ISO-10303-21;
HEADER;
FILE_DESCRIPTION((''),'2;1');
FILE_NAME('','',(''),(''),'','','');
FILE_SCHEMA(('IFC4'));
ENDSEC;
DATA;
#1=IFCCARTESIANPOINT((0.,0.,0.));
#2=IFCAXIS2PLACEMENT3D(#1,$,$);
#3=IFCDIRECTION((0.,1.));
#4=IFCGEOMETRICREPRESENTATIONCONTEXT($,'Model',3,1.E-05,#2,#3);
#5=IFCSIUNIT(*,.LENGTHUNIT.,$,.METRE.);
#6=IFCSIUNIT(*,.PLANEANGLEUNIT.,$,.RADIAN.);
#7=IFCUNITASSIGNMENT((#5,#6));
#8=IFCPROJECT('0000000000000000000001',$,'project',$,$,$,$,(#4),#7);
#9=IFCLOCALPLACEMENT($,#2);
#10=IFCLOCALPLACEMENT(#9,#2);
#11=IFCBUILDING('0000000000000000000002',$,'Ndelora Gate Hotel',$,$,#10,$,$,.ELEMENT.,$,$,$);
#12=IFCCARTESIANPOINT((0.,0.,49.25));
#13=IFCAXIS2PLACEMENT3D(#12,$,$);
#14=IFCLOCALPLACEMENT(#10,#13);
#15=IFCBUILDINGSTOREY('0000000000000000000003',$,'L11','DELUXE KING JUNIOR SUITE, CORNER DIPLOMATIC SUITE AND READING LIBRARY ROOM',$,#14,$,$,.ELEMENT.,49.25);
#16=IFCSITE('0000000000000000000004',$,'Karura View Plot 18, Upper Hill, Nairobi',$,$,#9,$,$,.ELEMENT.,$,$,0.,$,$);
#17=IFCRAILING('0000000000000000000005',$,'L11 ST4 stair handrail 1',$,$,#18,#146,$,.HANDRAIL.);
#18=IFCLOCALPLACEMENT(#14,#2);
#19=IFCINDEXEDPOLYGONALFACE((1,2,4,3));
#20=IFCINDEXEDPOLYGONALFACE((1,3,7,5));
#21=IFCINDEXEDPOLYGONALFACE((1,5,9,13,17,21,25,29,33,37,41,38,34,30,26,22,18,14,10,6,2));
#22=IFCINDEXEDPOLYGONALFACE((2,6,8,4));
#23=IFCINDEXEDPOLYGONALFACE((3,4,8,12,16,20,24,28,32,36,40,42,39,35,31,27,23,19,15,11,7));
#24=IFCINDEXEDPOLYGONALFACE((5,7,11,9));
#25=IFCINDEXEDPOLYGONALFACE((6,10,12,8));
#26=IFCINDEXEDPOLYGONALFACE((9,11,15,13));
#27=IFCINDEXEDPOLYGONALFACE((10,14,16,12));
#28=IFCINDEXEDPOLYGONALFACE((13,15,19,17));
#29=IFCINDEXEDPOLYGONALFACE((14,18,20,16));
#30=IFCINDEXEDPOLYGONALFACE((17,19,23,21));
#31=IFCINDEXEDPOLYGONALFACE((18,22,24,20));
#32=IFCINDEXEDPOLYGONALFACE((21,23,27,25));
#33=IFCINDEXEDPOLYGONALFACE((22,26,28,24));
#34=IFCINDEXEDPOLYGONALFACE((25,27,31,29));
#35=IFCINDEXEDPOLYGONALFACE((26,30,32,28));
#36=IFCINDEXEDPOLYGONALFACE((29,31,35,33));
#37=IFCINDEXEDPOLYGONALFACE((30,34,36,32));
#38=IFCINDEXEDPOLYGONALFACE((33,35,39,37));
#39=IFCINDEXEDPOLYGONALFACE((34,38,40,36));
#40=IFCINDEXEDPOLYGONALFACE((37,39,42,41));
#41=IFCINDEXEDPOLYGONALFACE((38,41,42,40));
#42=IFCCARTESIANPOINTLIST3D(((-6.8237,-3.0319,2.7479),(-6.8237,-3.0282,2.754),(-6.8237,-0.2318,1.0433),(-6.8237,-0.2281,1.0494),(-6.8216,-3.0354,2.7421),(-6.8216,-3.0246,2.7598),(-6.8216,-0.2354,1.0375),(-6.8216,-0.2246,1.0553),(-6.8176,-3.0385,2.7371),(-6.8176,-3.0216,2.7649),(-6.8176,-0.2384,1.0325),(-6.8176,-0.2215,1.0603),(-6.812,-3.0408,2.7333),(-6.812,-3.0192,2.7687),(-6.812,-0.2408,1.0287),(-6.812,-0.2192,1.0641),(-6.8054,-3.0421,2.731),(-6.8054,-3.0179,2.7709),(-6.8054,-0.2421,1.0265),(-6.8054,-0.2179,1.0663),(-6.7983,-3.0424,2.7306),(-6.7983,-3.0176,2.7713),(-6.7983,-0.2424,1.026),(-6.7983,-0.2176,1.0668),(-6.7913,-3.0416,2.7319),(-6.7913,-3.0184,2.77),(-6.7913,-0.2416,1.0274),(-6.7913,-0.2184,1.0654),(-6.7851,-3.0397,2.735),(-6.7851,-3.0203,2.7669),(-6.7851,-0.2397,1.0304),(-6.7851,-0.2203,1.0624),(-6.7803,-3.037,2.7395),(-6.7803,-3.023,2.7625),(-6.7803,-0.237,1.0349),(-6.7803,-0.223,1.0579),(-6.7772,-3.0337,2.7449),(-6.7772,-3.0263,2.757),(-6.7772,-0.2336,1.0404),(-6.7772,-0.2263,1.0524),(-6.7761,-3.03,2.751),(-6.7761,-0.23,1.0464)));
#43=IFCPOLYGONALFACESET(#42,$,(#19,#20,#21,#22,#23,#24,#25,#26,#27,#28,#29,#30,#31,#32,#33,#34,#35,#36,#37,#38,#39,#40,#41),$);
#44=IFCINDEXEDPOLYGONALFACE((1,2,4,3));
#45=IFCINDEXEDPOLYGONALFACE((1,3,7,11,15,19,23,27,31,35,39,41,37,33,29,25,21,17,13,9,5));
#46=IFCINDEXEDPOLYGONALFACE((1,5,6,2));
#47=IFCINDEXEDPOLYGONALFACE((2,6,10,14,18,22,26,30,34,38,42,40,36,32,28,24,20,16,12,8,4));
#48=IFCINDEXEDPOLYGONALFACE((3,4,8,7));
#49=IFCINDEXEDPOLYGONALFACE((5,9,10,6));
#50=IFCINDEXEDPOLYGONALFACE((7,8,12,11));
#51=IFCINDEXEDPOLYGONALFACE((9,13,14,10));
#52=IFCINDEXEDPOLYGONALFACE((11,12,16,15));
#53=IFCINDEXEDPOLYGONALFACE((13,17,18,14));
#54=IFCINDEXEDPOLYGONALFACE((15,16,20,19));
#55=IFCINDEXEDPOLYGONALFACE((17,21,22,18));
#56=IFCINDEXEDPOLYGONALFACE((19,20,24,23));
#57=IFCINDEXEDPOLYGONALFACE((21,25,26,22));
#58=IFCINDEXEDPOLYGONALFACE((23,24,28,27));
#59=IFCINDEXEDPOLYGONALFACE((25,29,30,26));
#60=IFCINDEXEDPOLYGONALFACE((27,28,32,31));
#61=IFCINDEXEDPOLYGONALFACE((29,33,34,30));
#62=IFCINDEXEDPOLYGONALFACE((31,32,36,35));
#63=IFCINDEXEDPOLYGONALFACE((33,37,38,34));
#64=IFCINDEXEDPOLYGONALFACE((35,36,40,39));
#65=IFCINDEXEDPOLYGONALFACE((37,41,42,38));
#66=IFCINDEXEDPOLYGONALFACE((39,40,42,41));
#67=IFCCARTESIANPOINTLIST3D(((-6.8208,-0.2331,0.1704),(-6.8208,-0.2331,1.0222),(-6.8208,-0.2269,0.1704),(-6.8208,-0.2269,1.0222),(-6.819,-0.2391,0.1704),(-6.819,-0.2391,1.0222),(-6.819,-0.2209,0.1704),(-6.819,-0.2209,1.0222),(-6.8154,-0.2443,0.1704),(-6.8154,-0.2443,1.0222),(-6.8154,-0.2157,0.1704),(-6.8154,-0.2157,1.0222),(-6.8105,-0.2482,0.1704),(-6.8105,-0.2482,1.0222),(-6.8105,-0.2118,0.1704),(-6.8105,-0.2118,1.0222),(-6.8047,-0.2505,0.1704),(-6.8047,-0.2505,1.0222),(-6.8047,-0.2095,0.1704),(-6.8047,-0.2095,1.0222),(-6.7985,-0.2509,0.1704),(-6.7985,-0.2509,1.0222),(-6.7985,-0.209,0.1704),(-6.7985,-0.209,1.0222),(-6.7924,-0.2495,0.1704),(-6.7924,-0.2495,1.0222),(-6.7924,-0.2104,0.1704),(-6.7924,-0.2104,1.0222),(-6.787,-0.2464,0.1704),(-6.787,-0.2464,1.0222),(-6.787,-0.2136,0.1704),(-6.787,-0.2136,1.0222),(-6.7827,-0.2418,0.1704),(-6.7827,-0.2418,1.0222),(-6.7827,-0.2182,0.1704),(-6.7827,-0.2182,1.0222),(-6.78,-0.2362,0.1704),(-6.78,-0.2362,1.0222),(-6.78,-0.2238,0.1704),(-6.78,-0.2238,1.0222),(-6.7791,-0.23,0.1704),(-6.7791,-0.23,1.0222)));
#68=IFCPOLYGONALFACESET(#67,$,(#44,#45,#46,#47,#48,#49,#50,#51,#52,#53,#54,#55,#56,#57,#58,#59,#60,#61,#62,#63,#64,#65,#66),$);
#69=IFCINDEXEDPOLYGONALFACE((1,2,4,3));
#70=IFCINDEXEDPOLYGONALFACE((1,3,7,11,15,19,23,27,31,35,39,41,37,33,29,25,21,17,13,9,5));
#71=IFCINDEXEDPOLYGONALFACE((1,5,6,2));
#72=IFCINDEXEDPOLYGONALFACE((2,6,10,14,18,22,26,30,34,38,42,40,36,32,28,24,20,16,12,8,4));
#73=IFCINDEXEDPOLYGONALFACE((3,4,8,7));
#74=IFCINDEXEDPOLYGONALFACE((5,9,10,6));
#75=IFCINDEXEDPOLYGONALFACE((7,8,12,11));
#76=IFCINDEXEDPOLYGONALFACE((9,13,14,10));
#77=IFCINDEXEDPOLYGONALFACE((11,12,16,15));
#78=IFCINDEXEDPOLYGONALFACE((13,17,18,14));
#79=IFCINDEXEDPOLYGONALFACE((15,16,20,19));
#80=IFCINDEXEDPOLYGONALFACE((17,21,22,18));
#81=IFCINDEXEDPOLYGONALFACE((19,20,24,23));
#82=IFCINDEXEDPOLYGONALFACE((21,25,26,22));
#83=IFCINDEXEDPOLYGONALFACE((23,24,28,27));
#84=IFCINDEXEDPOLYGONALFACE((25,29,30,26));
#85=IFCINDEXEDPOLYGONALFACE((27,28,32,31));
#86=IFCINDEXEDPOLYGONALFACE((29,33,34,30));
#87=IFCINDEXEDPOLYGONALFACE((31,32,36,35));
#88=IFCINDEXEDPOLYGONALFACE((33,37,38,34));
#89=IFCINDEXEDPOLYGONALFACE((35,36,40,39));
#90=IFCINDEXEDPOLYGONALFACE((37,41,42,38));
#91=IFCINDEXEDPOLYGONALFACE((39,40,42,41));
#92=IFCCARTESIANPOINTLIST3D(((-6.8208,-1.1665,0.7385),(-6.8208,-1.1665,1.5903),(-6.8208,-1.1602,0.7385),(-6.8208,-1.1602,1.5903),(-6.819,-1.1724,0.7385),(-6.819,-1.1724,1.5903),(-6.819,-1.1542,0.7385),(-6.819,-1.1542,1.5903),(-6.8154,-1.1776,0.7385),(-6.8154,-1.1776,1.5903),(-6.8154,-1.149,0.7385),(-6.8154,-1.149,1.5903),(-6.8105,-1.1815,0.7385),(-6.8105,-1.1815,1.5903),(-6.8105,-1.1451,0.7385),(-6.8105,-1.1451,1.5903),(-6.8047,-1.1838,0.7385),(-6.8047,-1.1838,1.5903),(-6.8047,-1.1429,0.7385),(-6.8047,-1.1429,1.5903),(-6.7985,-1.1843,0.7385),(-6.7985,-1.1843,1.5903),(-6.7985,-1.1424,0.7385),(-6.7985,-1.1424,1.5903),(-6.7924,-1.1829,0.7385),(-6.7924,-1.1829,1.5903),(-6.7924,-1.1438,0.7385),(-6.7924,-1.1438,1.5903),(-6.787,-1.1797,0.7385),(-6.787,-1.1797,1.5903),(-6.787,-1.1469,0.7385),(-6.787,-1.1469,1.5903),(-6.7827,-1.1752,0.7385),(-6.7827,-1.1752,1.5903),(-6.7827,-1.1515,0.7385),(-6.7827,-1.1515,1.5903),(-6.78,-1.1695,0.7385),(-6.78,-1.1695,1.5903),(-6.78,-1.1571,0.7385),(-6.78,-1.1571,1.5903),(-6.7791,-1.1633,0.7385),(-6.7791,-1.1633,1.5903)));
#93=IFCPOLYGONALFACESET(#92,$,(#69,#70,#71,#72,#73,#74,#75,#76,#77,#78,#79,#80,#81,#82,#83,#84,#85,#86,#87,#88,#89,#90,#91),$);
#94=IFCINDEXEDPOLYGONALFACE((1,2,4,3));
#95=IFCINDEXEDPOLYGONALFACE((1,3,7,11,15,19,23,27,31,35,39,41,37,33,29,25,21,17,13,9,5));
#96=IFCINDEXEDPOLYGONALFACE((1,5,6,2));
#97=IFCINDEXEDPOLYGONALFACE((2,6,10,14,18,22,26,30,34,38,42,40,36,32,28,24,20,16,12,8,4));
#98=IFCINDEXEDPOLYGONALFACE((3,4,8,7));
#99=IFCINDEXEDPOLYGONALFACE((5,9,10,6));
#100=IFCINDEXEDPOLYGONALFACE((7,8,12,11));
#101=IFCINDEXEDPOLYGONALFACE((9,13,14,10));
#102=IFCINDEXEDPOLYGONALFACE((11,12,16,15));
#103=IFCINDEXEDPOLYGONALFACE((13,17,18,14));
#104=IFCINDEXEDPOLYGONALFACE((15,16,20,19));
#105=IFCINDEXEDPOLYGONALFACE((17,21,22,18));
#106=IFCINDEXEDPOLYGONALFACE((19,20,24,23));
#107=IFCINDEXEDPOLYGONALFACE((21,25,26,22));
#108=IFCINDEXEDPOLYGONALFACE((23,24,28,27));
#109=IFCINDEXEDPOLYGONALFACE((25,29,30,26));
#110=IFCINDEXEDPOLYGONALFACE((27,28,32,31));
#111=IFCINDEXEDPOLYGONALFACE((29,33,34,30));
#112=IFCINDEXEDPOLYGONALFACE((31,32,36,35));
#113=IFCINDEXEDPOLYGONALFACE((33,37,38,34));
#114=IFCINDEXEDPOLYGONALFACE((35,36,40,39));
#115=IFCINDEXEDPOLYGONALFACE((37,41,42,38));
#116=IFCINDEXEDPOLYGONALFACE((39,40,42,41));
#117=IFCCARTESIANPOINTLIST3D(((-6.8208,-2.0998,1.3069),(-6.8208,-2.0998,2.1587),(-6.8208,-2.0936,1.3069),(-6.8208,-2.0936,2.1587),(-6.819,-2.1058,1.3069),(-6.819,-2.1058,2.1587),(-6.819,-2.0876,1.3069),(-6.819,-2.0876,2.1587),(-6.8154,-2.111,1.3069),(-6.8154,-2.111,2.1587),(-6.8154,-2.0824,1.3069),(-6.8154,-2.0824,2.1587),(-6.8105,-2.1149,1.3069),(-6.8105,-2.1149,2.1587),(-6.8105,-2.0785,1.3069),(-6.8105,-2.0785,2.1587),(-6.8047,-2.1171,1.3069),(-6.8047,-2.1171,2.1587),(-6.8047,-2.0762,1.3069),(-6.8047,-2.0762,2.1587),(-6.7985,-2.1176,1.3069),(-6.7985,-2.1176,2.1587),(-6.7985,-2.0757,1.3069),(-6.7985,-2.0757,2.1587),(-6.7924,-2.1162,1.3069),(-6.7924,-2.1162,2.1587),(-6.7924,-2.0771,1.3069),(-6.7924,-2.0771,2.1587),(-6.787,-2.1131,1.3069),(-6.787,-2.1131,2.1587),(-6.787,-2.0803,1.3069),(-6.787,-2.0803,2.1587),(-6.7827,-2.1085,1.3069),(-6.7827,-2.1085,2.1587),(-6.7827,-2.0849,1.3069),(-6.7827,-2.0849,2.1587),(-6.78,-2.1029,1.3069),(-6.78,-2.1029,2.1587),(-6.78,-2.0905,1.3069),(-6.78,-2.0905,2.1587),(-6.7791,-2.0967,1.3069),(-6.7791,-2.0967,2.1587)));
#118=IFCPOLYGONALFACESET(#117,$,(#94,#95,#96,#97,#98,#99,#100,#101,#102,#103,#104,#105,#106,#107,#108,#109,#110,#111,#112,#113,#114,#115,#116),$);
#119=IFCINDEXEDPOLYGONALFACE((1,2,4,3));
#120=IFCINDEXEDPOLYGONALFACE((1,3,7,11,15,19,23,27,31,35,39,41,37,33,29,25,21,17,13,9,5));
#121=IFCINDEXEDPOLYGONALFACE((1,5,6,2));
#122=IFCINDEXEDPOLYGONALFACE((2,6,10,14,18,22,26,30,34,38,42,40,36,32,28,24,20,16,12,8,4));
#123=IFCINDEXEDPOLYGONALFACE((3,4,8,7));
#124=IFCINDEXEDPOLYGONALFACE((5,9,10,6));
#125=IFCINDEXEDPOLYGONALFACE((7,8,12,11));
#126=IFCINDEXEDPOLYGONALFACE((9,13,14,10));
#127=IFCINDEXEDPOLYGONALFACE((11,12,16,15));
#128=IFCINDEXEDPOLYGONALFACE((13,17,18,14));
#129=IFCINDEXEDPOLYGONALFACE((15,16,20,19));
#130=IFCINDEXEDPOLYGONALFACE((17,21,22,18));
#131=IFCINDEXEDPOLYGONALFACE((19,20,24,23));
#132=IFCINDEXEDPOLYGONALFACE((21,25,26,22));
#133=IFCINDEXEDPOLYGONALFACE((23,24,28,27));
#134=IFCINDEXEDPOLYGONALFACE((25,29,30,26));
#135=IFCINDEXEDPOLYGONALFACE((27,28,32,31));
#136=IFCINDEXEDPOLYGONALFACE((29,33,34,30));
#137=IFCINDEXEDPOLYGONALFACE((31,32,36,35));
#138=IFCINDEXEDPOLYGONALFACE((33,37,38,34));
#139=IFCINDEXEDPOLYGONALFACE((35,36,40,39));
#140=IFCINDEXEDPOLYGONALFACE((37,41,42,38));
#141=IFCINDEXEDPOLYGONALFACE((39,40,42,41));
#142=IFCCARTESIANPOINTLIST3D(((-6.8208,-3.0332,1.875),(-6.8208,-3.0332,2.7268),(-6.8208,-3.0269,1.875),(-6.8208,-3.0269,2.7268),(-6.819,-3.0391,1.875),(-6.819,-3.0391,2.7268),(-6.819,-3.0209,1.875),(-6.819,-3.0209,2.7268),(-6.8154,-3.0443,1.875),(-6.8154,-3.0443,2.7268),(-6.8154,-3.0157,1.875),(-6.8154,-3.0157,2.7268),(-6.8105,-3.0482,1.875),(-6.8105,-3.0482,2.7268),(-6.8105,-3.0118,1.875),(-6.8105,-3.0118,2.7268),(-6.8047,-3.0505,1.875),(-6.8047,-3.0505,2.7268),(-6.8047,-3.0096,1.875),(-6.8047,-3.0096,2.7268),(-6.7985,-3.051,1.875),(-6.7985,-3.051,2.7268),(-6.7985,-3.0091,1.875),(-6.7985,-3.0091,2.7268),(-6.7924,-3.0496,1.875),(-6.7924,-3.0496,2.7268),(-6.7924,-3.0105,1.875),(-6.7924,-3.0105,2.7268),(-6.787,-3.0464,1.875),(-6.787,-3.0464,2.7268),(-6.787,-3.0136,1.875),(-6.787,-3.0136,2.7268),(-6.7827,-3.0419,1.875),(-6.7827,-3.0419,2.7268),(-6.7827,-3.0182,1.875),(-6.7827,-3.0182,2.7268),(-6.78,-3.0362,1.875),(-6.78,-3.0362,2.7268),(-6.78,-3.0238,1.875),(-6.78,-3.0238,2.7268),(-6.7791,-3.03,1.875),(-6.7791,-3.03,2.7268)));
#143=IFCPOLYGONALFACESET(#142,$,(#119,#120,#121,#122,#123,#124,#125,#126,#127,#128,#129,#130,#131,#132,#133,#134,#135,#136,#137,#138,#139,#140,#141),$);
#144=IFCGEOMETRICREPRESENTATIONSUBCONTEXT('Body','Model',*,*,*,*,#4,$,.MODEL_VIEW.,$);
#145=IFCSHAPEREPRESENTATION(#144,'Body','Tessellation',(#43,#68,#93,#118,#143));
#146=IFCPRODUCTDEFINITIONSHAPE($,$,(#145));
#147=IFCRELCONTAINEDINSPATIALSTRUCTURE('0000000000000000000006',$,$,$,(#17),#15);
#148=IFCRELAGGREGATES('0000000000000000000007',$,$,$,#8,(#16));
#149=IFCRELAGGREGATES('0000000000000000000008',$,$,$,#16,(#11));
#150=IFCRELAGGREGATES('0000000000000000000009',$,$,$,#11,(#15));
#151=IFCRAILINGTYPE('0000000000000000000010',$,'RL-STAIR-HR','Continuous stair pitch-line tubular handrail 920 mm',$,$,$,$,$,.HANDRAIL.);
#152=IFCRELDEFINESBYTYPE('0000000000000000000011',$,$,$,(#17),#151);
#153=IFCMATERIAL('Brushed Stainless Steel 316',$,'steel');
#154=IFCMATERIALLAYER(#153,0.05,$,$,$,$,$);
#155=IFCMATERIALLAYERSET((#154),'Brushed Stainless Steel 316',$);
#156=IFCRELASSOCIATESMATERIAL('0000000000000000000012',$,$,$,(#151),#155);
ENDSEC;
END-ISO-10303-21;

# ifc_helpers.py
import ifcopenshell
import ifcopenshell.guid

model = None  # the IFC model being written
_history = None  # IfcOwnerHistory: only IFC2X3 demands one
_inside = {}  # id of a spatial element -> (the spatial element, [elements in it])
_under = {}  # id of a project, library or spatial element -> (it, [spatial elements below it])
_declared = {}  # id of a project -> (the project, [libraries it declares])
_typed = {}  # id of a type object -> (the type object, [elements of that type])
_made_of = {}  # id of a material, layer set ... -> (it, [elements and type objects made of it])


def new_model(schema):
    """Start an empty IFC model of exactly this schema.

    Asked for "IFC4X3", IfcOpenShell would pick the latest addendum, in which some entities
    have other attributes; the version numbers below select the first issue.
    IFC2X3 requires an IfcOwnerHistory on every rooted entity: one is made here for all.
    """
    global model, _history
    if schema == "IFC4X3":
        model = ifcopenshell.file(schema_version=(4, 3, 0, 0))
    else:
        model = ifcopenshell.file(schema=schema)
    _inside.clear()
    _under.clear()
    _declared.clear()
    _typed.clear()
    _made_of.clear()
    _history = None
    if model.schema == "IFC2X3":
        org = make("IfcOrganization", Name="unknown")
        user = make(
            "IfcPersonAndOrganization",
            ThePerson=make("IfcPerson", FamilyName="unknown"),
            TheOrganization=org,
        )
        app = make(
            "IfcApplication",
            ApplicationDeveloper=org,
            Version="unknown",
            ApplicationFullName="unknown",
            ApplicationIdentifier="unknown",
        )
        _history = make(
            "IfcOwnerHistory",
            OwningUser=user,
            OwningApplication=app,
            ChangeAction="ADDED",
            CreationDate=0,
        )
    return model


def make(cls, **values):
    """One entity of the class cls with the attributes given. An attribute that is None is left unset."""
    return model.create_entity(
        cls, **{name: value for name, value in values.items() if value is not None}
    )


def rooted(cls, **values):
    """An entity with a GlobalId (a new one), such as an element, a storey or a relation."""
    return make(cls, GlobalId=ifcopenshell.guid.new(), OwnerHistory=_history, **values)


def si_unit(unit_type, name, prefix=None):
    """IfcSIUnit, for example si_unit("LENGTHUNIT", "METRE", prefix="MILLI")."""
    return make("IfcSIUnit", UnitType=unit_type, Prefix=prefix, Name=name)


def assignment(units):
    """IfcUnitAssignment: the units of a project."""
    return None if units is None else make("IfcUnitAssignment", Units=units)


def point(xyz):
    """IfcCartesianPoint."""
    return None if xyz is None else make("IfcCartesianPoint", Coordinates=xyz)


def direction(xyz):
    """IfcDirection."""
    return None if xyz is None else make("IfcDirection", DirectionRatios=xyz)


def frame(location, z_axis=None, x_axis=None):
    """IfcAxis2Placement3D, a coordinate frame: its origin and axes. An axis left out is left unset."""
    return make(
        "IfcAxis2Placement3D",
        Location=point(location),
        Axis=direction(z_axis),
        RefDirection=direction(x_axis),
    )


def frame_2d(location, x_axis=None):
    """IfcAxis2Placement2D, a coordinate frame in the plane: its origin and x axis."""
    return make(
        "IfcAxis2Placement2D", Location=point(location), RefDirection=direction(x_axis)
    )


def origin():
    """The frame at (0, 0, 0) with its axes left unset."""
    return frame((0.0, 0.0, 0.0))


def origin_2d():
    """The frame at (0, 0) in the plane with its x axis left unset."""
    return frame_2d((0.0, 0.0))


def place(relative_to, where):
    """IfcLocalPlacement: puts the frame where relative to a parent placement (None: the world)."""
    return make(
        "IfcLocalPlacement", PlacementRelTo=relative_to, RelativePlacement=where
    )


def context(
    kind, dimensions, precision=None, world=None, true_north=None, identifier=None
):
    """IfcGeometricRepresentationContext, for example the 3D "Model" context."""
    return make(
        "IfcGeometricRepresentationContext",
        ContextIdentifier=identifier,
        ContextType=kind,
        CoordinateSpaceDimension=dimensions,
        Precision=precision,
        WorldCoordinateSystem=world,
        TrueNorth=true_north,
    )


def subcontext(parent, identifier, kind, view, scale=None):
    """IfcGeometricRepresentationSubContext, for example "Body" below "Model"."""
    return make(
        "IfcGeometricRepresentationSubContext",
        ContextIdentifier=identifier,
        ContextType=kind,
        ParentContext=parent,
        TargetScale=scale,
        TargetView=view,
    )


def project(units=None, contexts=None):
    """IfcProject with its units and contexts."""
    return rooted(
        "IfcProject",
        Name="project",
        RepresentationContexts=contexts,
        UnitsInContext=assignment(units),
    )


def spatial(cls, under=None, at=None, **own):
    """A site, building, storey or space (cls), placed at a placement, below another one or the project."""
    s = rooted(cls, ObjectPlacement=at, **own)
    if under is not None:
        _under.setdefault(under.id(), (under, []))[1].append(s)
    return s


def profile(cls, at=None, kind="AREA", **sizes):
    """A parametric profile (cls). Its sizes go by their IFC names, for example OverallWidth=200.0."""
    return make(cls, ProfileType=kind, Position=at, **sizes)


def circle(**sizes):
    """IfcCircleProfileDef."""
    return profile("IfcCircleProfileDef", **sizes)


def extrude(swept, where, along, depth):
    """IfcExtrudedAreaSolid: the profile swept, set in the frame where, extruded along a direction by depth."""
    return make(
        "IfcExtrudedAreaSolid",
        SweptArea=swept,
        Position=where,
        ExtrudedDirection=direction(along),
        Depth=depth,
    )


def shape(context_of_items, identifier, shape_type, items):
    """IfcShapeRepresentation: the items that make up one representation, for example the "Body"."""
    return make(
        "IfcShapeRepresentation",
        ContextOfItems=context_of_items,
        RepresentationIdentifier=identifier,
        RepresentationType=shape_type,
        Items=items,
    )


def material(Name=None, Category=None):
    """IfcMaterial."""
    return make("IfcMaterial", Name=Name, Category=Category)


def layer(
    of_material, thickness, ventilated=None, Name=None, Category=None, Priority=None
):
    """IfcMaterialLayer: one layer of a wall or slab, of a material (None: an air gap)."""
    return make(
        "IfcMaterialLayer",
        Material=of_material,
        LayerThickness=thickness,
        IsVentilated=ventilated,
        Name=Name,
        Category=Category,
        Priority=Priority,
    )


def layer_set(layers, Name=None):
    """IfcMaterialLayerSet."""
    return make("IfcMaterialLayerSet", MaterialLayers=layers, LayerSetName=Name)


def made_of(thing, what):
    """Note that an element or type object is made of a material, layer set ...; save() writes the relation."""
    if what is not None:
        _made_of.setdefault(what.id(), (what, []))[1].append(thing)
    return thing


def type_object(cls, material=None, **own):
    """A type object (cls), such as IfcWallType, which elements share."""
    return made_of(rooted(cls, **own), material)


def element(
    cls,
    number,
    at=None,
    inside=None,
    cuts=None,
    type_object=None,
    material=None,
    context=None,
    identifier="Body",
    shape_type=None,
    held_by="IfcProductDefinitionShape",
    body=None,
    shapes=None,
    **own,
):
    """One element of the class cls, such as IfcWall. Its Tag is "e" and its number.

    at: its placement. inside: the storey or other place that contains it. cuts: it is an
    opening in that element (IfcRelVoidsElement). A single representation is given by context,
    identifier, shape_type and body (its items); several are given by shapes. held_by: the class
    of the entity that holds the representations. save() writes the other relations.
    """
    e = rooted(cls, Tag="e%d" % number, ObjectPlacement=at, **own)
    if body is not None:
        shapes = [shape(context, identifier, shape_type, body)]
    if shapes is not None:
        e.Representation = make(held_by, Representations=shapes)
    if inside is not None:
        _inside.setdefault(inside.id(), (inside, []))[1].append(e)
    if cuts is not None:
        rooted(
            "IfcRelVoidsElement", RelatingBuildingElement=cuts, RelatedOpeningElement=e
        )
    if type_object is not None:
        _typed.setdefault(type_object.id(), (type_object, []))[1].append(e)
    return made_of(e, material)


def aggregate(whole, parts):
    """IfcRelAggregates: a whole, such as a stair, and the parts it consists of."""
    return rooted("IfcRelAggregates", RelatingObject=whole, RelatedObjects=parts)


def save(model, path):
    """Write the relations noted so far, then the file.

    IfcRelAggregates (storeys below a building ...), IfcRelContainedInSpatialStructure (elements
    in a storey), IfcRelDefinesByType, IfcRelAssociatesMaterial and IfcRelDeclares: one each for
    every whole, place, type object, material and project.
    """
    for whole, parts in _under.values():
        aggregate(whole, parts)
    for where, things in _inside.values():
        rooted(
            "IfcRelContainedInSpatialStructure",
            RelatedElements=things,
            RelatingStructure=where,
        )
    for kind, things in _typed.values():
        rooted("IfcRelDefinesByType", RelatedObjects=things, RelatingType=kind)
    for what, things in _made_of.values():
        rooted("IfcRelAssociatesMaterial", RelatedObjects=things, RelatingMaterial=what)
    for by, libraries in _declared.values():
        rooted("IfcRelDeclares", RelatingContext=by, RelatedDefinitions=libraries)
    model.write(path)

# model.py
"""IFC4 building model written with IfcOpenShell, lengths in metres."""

from ifc_helpers import new_model, si_unit, direction, frame, origin, origin_2d, place, context, subcontext, project, spatial, circle, extrude, material, layer, layer_set, type_object, element, save


model = new_model("IFC4")

# Units and contexts
model_context = context("Model", 3, precision=1e-05, world=origin(), true_north=direction((0.0, 1.0)))
body_context = subcontext(model_context, "Body", "Model", "MODEL_VIEW")
ifc_project = project(units=[si_unit("LENGTHUNIT", "METRE"), si_unit("PLANEANGLEUNIT", "RADIAN")], contexts=[model_context])

# Site, building, storey
site_placement = place(None, origin())
site = spatial("IfcSite", under=ifc_project, at=site_placement, Name="Karura View Plot 18, Upper Hill, Nairobi", CompositionType="ELEMENT", RefElevation=0.0)
building_placement = place(site_placement, origin())
building = spatial("IfcBuilding", under=site, at=building_placement, Name="Ndelora Gate Hotel", CompositionType="ELEMENT")
storey_placement = place(building_placement, frame((0.0, 0.0, 49.25)))
storey = spatial("IfcBuildingStorey", under=building, at=storey_placement, Name="L11", Description="DELUXE KING JUNIOR SUITE, CORNER DIPLOMATIC SUITE AND READING LIBRARY ROOM", CompositionType="ELEMENT", Elevation=49.25)

# Railing
ifc_material_1 = material(Name="Brushed Stainless Steel 316", Category="steel")
ifc_layer_1 = layer(ifc_material_1, 0.05)
ifc_layer_set_1 = layer_set([ifc_layer_1], Name="Brushed Stainless Steel 316")
railing_type_1 = type_object("IfcRailingType", Name="RL-STAIR-HR", Description="Continuous stair pitch-line tubular handrail 920 mm", PredefinedType="HANDRAIL", material=ifc_layer_set_1)
railing_1_placement = place(storey_placement, frame((-6.8, -0.23, 0.1704)))
element("IfcRailing", 1, at=railing_1_placement, inside=storey, type_object=railing_type_1, Name="L11 ST4 stair handrail 1", PredefinedType="HANDRAIL", context=body_context, shape_type="SweptSolid", body=[
    extrude(circle(Radius=0.0239, at=origin_2d()), frame((0.0, 0.0, 0.876), z_axis=(0.0, -0.85417, 0.519994), x_axis=(1.0, 0.0, 0.0)), (0.0, 0.0, 1.0), 3.2781),
    extrude(circle(Radius=0.021, at=origin_2d()), origin(), (0.0, 0.0, 1.0), 0.8518),
    extrude(circle(Radius=0.021, at=origin_2d()), frame((0.0, -0.9333, 0.5681)), (0.0, 0.0, 1.0), 0.8518),
    extrude(circle(Radius=0.021, at=origin_2d()), frame((0.0, -1.8667, 1.1365)), (0.0, 0.0, 1.0), 0.8518),
    extrude(circle(Radius=0.021, at=origin_2d()), frame((0.0, -2.8, 1.7046)), (0.0, 0.0, 1.0), 0.8518),
])

save(model, "model.ifc")
